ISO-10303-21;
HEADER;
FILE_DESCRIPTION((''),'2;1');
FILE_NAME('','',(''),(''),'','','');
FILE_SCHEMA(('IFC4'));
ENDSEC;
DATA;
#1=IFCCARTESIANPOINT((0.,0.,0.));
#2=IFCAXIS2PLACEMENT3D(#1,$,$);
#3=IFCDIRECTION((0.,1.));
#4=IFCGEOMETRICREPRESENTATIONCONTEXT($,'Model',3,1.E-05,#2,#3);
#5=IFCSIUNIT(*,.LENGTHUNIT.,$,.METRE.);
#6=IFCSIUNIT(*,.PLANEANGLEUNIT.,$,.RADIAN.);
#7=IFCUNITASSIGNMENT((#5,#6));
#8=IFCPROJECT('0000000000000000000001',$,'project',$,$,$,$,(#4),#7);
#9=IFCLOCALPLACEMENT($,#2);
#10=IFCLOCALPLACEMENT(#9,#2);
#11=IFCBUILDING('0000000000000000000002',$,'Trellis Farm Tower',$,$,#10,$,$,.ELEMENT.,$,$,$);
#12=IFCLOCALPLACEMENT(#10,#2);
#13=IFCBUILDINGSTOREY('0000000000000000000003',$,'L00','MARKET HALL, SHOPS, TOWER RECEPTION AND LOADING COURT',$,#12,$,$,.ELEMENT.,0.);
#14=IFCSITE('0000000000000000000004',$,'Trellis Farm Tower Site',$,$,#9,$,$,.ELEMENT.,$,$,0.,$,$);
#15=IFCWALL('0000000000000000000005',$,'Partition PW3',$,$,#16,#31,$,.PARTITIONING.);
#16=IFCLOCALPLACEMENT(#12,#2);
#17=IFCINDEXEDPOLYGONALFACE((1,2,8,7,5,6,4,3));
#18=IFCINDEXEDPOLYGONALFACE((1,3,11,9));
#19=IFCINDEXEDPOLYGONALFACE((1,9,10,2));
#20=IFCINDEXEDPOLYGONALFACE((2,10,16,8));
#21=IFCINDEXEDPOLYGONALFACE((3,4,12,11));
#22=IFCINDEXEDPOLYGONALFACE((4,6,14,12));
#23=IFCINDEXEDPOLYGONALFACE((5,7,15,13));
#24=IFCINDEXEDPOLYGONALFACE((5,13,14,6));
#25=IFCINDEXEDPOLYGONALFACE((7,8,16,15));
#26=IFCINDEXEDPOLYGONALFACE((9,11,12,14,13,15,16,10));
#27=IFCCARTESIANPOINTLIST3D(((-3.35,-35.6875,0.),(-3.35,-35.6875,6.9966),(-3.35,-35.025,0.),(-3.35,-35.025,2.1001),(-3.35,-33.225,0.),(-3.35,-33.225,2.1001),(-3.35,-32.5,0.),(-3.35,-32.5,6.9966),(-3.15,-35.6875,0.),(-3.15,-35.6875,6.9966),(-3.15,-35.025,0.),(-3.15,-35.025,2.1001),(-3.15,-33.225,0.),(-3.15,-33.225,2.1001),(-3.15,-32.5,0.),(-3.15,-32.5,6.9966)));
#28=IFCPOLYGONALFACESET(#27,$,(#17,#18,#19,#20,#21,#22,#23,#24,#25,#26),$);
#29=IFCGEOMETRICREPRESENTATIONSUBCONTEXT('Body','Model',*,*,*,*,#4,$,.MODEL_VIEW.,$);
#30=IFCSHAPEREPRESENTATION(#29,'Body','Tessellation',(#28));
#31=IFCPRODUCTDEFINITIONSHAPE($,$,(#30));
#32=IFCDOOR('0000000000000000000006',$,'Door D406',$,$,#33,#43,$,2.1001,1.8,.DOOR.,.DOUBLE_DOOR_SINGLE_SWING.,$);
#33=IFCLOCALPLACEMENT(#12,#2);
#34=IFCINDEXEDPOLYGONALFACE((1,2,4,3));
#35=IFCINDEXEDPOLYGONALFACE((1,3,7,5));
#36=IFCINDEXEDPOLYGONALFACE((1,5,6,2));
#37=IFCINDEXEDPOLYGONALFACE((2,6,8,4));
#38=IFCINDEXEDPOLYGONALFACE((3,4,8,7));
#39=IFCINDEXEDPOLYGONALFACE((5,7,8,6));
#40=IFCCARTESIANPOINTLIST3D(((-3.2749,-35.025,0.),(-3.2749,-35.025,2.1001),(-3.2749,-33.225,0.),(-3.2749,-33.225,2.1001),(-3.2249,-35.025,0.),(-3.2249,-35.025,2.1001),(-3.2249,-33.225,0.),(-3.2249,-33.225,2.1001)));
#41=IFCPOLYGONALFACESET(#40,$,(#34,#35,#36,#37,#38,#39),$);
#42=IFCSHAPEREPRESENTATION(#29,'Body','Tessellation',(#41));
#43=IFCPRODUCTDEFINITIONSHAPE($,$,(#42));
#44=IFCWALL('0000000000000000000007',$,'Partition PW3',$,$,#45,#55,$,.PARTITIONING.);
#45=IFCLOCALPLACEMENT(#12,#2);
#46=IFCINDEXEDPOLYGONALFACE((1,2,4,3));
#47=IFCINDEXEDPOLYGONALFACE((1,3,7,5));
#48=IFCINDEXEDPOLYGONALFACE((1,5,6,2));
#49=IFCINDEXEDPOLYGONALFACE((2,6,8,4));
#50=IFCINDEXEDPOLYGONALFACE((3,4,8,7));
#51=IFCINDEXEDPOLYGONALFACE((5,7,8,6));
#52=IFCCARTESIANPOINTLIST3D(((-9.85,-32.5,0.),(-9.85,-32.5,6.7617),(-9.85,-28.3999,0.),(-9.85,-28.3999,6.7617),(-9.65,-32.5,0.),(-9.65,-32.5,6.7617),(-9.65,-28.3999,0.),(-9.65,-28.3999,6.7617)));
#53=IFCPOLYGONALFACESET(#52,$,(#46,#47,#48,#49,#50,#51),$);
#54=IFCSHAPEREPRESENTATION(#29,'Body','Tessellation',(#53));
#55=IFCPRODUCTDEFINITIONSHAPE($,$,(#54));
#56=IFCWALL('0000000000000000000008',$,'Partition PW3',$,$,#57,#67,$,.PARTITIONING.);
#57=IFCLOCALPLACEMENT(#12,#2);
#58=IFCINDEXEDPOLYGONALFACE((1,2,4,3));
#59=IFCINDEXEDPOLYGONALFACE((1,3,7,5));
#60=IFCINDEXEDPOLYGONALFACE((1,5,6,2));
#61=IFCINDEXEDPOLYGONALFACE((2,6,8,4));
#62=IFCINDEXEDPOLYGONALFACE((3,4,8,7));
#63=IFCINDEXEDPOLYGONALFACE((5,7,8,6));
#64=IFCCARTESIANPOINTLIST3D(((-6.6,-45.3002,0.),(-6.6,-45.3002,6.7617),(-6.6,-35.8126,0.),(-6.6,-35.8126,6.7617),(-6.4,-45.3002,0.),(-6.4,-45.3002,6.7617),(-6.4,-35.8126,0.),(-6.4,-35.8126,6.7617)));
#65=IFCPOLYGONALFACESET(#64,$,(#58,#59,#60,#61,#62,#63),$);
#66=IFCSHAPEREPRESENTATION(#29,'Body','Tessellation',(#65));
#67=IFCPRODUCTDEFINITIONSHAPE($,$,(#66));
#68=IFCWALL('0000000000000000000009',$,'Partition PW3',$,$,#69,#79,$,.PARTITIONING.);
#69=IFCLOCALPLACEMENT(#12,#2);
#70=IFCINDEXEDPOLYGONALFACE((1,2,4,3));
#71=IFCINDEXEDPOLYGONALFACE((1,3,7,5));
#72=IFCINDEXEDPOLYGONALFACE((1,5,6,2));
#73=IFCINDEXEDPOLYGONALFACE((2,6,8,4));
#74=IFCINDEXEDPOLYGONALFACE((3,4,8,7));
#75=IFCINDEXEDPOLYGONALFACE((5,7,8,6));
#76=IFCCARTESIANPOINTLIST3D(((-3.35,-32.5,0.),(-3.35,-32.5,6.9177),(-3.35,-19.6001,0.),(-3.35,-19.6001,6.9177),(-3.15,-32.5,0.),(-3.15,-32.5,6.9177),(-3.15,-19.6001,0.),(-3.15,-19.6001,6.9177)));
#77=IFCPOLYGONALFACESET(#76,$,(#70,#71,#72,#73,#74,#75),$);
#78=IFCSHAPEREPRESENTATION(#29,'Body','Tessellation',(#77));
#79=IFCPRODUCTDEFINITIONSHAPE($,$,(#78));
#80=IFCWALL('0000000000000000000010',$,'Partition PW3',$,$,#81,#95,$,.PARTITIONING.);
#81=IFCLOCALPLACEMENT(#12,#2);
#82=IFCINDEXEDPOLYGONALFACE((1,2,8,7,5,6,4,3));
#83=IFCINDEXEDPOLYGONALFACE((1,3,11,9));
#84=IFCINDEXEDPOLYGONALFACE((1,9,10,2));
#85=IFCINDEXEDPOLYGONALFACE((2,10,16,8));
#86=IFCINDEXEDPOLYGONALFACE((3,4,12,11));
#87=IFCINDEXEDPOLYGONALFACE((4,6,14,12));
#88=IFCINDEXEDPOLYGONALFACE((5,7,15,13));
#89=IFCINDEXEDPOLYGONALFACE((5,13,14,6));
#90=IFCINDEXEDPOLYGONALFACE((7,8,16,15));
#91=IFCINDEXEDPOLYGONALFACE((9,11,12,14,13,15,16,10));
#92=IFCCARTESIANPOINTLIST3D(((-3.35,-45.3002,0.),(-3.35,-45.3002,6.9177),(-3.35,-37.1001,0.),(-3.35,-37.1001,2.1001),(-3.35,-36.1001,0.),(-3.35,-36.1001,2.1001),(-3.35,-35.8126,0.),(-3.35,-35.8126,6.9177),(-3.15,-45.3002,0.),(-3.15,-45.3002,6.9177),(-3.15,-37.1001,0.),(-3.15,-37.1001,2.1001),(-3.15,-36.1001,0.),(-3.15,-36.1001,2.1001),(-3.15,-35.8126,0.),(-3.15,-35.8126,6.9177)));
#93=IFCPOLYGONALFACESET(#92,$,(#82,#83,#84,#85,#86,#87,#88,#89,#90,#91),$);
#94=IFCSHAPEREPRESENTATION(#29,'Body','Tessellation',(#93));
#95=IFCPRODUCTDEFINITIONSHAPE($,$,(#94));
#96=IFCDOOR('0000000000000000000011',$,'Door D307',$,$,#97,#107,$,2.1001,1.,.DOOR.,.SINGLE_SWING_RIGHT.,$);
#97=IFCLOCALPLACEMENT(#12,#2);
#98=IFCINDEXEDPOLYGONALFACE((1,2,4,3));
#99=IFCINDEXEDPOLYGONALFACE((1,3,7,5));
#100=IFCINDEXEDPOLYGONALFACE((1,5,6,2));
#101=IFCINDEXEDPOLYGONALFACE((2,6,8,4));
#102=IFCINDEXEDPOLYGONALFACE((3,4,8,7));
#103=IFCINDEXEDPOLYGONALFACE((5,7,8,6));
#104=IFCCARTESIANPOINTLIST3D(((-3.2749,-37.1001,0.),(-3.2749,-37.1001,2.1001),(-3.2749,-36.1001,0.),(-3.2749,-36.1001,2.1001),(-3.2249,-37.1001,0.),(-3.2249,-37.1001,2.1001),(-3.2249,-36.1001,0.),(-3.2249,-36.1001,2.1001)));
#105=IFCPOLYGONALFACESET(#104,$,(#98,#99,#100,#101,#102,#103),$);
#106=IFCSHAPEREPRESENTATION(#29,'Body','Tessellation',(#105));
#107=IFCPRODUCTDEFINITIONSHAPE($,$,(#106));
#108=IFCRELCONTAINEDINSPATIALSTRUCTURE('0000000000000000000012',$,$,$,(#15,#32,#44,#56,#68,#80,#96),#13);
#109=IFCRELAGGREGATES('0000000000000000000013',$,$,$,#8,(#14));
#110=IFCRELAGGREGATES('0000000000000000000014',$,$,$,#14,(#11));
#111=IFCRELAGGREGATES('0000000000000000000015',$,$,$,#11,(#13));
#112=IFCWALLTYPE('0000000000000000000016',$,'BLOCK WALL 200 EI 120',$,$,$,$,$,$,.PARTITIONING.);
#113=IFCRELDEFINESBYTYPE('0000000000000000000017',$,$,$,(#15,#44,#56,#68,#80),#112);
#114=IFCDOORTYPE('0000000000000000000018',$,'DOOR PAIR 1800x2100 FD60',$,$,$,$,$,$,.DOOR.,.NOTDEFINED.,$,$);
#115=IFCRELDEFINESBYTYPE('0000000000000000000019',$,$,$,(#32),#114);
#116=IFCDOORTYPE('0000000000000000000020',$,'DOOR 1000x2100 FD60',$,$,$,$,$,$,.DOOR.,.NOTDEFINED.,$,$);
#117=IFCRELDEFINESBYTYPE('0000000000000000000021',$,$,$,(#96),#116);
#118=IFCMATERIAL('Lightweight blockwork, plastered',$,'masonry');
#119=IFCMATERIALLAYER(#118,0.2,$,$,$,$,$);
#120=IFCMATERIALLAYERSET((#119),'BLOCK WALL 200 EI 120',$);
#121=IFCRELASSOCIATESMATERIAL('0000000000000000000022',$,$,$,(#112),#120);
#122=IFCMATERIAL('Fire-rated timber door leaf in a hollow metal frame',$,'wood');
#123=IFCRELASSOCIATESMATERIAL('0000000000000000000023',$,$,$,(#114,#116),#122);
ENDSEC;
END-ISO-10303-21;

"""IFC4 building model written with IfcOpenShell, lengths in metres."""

from ifc_helpers import new_model, si_unit, direction, frame, frame_2d, origin, place, context, subcontext, project, spatial, rectangle, extrude, source, transform, mapped, material, layer, layer_set, type_object, element, fill, save


model = new_model("IFC4")

# Units and contexts
model_context = context("Model", 3, precision=1e-05, world=origin(), true_north=direction((0.0, 1.0)))
body_context = subcontext(model_context, "Body", "Model", "MODEL_VIEW")
ifc_project = project(units=[si_unit("LENGTHUNIT", "METRE"), si_unit("PLANEANGLEUNIT", "RADIAN")], contexts=[model_context])

# Site, building, storey
site_placement = place(None, origin())
site = spatial("IfcSite", under=ifc_project, at=site_placement, Name="Trellis Farm Tower Site", CompositionType="ELEMENT", RefElevation=0.0)
building_placement = place(site_placement, origin())
building = spatial("IfcBuilding", under=site, at=building_placement, Name="Trellis Farm Tower", CompositionType="ELEMENT")
storey_placement = place(building_placement, origin())
storey = spatial("IfcBuildingStorey", under=building, at=storey_placement, Name="L00", Description="MARKET HALL, SHOPS, TOWER RECEPTION AND LOADING COURT", CompositionType="ELEMENT", Elevation=0.0)

# Wall, opening, door
ifc_material_1 = material(Name="Lightweight blockwork, plastered", Category="masonry")
ifc_layer_1 = layer(ifc_material_1, 0.2)
ifc_layer_set_1 = layer_set([ifc_layer_1], Name="BLOCK WALL 200 EI 120")
wall_type_1 = type_object("IfcWallType", Name="BLOCK WALL 200 EI 120", PredefinedType="PARTITIONING", material=ifc_layer_set_1)
shared_shape_1 = source(origin(), body_context, "Body", "SweptSolid", [
    extrude(rectangle(XDim=3.1875, YDim=0.2, at=frame_2d((1.5938, 0.0))), origin(), (0.0, 0.0, 1.0), 6.9966),
])
shared_shape_2 = source(origin(), body_context, "Body", "SweptSolid", [
    extrude(rectangle(XDim=1.8, YDim=2.1001, at=frame_2d((0.8999, 1.05))), frame((0.0, 0.1101, 0.0), z_axis=(0.0, -1.0, 0.0), x_axis=(1.0, 0.0, 0.0)), (0.0, 0.0, 1.0), 0.2202),
])
ifc_material_2 = material(Name="Fire-rated timber door leaf in a hollow metal frame", Category="wood")
door_type_1 = type_object("IfcDoorType", Name="DOOR PAIR 1800x2100 FD60", OperationType="NOTDEFINED", PredefinedType="DOOR", material=ifc_material_2)
shared_shape_3 = source(origin(), body_context, "Body", "SweptSolid", [
    extrude(rectangle(XDim=1.8, YDim=2.1001, at=frame_2d((0.8999, 1.05))), frame((0.0, 0.0249, 0.0), z_axis=(0.0, -1.0, 0.0), x_axis=(1.0, 0.0, 0.0)), (0.0, 0.0, 1.0), 0.05),
])
wall_1_placement = place(storey_placement, frame((-3.25, -35.6875, 0.0), z_axis=(0.0, 0.0, 1.0), x_axis=(0.0, 1.0, 0.0)))
wall_1 = element("IfcWall", 1, at=wall_1_placement, inside=storey, type_object=wall_type_1, Name="Partition PW3", PredefinedType="PARTITIONING", context=body_context, shape_type="MappedRepresentation", body=[
    mapped(shared_shape_1, transform((0.0, 0.0, 0.0))),
])
opening_1_placement = place(wall_1_placement, frame((0.6626, 0.0, 0.0)))
opening_1 = element("IfcOpeningElement", 2, at=opening_1_placement, cuts=wall_1, PredefinedType="OPENING", context=body_context, shape_type="MappedRepresentation", body=[
    mapped(shared_shape_2, transform((0.0, 0.0, 0.0))),
])
door_1_placement = place(opening_1_placement, origin())
door_1 = element("IfcDoor", 3, at=door_1_placement, inside=storey, type_object=door_type_1, Name="Door D406", OperationType="DOUBLE_DOOR_SINGLE_SWING", OverallHeight=2.1001, OverallWidth=1.8, PredefinedType="DOOR", context=body_context, shape_type="MappedRepresentation", body=[
    mapped(shared_shape_3, transform((0.0, 0.0, 0.0))),
])
fill(opening_1, door_1)

# Walls
shared_shape_4 = source(origin(), body_context, "Body", "SweptSolid", [
    extrude(rectangle(XDim=4.1001, YDim=0.2, at=frame_2d((2.05, 0.0))), origin(), (0.0, 0.0, 1.0), 6.7617),
])
wall_2_placement = place(storey_placement, frame((-9.75, -32.5, 0.0), z_axis=(0.0, 0.0, 1.0), x_axis=(0.0, 1.0, 0.0)))
element("IfcWall", 4, at=wall_2_placement, inside=storey, type_object=wall_type_1, Name="Partition PW3", PredefinedType="PARTITIONING", context=body_context, shape_type="MappedRepresentation", body=[
    mapped(shared_shape_4, transform((0.0, 0.0, 0.0))),
])
shared_shape_5 = source(origin(), body_context, "Body", "SweptSolid", [
    extrude(rectangle(XDim=9.4875, YDim=0.2, at=frame_2d((4.7437, 0.0))), origin(), (0.0, 0.0, 1.0), 6.7617),
])
wall_3_placement = place(storey_placement, frame((-6.5, -45.3, 0.0), z_axis=(0.0, 0.0, 1.0), x_axis=(0.0, 1.0, 0.0)))
element("IfcWall", 5, at=wall_3_placement, inside=storey, type_object=wall_type_1, Name="Partition PW3", PredefinedType="PARTITIONING", context=body_context, shape_type="MappedRepresentation", body=[
    mapped(shared_shape_5, transform((0.0, 0.0, 0.0))),
])
shared_shape_6 = source(origin(), body_context, "Body", "SweptSolid", [
    extrude(rectangle(XDim=12.8999, YDim=0.2, at=frame_2d((6.45, 0.0))), origin(), (0.0, 0.0, 1.0), 6.9177),
])
wall_4_placement = place(storey_placement, frame((-3.25, -32.5, 0.0), z_axis=(0.0, 0.0, 1.0), x_axis=(0.0, 1.0, 0.0)))
element("IfcWall", 6, at=wall_4_placement, inside=storey, type_object=wall_type_1, Name="Partition PW3", PredefinedType="PARTITIONING", context=body_context, shape_type="MappedRepresentation", body=[
    mapped(shared_shape_6, transform((0.0, 0.0, 0.0))),
])

# Wall, opening, door
shared_shape_7 = source(origin(), body_context, "Body", "SweptSolid", [
    extrude(rectangle(XDim=9.4875, YDim=0.2, at=frame_2d((4.7437, 0.0))), origin(), (0.0, 0.0, 1.0), 6.9177),
])
wall_5_placement = place(storey_placement, frame((-3.25, -45.3, 0.0), z_axis=(0.0, 0.0, 1.0), x_axis=(0.0, 1.0, 0.0)))
wall_5 = element("IfcWall", 7, at=wall_5_placement, inside=storey, type_object=wall_type_1, Name="Partition PW3", PredefinedType="PARTITIONING", context=body_context, shape_type="MappedRepresentation", body=[
    mapped(shared_shape_7, transform((0.0, 0.0, 0.0))),
])
shared_shape_8 = source(origin(), body_context, "Body", "SweptSolid", [
    extrude(rectangle(XDim=1.0, YDim=2.1001, at=frame_2d((0.5, 1.05))), frame((0.0, 0.1101, 0.0), z_axis=(0.0, -1.0, 0.0), x_axis=(1.0, 0.0, 0.0)), (0.0, 0.0, 1.0), 0.2202),
])
opening_2_placement = place(wall_5_placement, frame((8.2, 0.0, 0.0)))
opening_2 = element("IfcOpeningElement", 8, at=opening_2_placement, cuts=wall_5, PredefinedType="OPENING", context=body_context, shape_type="MappedRepresentation", body=[
    mapped(shared_shape_8, transform((0.0, 0.0, 0.0))),
])
door_type_2 = type_object("IfcDoorType", Name="DOOR 1000x2100 FD60", OperationType="NOTDEFINED", PredefinedType="DOOR", material=ifc_material_2)
shared_shape_9 = source(origin(), body_context, "Body", "SweptSolid", [
    extrude(rectangle(XDim=1.0, YDim=2.1001, at=frame_2d((0.5, 1.05))), frame((0.0, 0.0249, 0.0), z_axis=(0.0, -1.0, 0.0), x_axis=(1.0, 0.0, 0.0)), (0.0, 0.0, 1.0), 0.05),
])
door_2_placement = place(opening_2_placement, origin())
door_2 = element("IfcDoor", 9, at=door_2_placement, inside=storey, type_object=door_type_2, Name="Door D307", OperationType="SINGLE_SWING_RIGHT", OverallHeight=2.1001, OverallWidth=1.0, PredefinedType="DOOR", context=body_context, shape_type="MappedRepresentation", body=[
    mapped(shared_shape_9, transform((0.0, 0.0, 0.0))),
])
fill(opening_2, door_2)

save(model, "model.ifc")
